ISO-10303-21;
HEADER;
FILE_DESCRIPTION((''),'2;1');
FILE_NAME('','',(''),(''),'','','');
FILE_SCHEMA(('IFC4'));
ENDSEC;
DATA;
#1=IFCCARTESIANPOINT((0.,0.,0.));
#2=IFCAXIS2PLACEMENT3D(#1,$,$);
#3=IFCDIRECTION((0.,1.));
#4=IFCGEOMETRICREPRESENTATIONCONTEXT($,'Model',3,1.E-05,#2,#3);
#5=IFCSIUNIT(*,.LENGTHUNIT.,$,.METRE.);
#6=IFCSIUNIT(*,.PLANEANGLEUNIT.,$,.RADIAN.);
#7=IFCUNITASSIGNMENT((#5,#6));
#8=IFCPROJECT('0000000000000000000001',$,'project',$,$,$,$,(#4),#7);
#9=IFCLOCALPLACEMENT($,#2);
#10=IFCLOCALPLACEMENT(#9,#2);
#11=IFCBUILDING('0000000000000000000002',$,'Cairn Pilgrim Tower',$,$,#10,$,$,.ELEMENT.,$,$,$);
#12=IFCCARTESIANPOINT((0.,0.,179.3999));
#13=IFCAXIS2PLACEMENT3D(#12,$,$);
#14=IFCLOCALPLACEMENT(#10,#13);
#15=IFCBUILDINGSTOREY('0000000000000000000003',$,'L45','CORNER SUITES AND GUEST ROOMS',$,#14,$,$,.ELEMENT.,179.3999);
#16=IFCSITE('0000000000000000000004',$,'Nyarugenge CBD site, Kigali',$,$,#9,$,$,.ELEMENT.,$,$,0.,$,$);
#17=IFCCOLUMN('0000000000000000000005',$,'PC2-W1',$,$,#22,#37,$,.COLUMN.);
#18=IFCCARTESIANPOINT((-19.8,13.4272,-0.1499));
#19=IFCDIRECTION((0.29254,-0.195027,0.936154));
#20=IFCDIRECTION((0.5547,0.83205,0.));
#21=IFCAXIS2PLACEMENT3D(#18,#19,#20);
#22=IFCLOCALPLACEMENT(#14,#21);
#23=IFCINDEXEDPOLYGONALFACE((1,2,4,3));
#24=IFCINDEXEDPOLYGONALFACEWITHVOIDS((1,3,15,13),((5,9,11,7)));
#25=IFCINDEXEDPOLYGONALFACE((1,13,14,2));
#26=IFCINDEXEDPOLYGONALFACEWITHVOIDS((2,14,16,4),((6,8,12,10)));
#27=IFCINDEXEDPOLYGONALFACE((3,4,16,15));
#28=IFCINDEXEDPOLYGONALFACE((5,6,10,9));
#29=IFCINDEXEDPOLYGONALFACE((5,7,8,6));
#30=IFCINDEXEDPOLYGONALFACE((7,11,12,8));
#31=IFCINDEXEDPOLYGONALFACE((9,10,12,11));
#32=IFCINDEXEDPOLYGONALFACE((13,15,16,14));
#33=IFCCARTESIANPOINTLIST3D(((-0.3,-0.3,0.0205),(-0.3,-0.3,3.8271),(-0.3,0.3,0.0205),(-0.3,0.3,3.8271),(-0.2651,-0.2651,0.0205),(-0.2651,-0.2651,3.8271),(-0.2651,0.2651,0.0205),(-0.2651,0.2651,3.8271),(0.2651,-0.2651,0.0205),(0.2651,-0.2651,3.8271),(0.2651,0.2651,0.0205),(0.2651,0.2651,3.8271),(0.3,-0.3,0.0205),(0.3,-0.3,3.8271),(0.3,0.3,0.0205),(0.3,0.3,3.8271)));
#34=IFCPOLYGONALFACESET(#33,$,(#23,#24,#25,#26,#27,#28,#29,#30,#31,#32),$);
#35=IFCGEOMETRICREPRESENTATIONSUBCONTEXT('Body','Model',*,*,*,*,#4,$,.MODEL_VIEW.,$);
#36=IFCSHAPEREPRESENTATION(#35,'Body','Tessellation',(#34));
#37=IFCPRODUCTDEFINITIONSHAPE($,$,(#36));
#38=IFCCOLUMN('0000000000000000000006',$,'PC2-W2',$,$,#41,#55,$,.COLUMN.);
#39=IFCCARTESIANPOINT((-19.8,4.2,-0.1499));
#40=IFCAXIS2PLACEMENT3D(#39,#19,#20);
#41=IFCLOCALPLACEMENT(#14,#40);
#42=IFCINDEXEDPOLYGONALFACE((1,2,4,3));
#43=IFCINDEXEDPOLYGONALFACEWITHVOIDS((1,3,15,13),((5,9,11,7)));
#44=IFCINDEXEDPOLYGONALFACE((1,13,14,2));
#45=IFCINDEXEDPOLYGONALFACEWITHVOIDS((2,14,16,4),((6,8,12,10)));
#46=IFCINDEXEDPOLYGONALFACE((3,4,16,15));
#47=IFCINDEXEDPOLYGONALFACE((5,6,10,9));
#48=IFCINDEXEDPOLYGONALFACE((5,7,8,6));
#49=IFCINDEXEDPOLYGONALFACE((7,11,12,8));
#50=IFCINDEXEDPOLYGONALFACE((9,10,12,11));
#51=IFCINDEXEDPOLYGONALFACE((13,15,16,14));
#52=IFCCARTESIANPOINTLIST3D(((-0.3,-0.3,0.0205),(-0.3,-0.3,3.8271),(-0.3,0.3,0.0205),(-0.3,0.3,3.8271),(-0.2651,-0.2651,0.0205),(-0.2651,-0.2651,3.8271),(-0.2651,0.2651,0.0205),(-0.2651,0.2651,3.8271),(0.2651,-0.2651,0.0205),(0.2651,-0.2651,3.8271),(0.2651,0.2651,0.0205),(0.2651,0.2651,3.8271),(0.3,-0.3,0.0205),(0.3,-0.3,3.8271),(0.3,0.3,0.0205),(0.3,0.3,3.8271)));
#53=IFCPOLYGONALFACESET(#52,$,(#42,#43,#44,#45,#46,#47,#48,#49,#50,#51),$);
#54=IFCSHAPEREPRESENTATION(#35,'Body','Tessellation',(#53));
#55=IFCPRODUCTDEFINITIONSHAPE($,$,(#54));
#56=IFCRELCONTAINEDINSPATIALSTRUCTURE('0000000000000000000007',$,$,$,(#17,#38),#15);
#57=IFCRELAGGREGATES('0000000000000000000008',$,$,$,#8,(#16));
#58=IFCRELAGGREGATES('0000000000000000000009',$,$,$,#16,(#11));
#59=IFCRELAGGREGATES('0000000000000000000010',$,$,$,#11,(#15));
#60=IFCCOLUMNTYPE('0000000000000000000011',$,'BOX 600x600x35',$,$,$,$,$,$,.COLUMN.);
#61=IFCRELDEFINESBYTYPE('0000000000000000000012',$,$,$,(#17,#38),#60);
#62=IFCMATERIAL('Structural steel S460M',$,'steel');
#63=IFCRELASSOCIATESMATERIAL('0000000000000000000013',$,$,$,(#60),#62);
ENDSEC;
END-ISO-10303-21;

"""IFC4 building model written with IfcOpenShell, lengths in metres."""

from ifc_helpers import new_model, si_unit, direction, frame, origin, origin_2d, place, context, subcontext, project, spatial, hollow_rectangle, extrude, clip, halfspace, material, material_profile, profile_set, type_object, element, save


model = new_model("IFC4")

# Units and contexts
model_context = context("Model", 3, precision=1e-05, world=origin(), true_north=direction((0.0, 1.0)))
body_context = subcontext(model_context, "Body", "Model", "MODEL_VIEW")
ifc_project = project(units=[si_unit("LENGTHUNIT", "METRE"), si_unit("PLANEANGLEUNIT", "RADIAN")], contexts=[model_context])

# Site, building, storey
site_placement = place(None, origin())
site = spatial("IfcSite", under=ifc_project, at=site_placement, Name="Nyarugenge CBD site, Kigali", CompositionType="ELEMENT", RefElevation=0.0)
building_placement = place(site_placement, origin())
building = spatial("IfcBuilding", under=site, at=building_placement, Name="Cairn Pilgrim Tower", CompositionType="ELEMENT")
storey_placement = place(building_placement, frame((0.0, 0.0, 179.3999)))
storey = spatial("IfcBuildingStorey", under=building, at=storey_placement, Name="L45", Description="CORNER SUITES AND GUEST ROOMS", CompositionType="ELEMENT", Elevation=179.3999)

# Columns
ifc_material_1 = material(Name="Structural steel S460M", Category="steel")
ifc_material_profile_1 = material_profile(ifc_material_1, hollow_rectangle(XDim=0.6001, YDim=0.6001, WallThickness=0.0349, at=origin_2d()), Name="BOX 600x600x35")
ifc_profile_set_1 = profile_set([ifc_material_profile_1], Name="Structural steel S460M")
column_type = type_object("IfcColumnType", Name="BOX 600x600x35", PredefinedType="COLUMN", material=ifc_profile_set_1)
for number, where, z_axis, x_axis, name in (
    (1, (-19.8, 13.4272, -0.1499), (0.29254, -0.195027, 0.936154), (0.5547, 0.83205, 0.0), "PC2-W1"),
    (2, (-19.8, 4.2, -0.1499), (0.29254, -0.195027, 0.936154), (0.5547, 0.83205, 0.0), "PC2-W2"),
):
    element("IfcColumn", number, at=place(storey_placement, frame(where, z_axis=z_axis, x_axis=x_axis)), inside=storey, type_object=column_type, Name=name, PredefinedType="COLUMN", context=body_context, shape_type="Clipping", body=[
        clip(clip(extrude(hollow_rectangle(XDim=0.6001, YDim=0.6001, WallThickness=0.0349, at=origin_2d()), origin(), (0.0, 0.0, 1.0), 3.8457), halfspace(frame((0.0, 0.0, 0.0205), z_axis=(0.0, 0.0, 1.0), x_axis=(1.0, 0.0, 0.0)), True)), halfspace(frame((0.0, 0.0, 3.8271), z_axis=(0.0, 0.0, 1.0), x_axis=(1.0, 0.0, 0.0)), False)),
    ])

save(model, "model.ifc")
